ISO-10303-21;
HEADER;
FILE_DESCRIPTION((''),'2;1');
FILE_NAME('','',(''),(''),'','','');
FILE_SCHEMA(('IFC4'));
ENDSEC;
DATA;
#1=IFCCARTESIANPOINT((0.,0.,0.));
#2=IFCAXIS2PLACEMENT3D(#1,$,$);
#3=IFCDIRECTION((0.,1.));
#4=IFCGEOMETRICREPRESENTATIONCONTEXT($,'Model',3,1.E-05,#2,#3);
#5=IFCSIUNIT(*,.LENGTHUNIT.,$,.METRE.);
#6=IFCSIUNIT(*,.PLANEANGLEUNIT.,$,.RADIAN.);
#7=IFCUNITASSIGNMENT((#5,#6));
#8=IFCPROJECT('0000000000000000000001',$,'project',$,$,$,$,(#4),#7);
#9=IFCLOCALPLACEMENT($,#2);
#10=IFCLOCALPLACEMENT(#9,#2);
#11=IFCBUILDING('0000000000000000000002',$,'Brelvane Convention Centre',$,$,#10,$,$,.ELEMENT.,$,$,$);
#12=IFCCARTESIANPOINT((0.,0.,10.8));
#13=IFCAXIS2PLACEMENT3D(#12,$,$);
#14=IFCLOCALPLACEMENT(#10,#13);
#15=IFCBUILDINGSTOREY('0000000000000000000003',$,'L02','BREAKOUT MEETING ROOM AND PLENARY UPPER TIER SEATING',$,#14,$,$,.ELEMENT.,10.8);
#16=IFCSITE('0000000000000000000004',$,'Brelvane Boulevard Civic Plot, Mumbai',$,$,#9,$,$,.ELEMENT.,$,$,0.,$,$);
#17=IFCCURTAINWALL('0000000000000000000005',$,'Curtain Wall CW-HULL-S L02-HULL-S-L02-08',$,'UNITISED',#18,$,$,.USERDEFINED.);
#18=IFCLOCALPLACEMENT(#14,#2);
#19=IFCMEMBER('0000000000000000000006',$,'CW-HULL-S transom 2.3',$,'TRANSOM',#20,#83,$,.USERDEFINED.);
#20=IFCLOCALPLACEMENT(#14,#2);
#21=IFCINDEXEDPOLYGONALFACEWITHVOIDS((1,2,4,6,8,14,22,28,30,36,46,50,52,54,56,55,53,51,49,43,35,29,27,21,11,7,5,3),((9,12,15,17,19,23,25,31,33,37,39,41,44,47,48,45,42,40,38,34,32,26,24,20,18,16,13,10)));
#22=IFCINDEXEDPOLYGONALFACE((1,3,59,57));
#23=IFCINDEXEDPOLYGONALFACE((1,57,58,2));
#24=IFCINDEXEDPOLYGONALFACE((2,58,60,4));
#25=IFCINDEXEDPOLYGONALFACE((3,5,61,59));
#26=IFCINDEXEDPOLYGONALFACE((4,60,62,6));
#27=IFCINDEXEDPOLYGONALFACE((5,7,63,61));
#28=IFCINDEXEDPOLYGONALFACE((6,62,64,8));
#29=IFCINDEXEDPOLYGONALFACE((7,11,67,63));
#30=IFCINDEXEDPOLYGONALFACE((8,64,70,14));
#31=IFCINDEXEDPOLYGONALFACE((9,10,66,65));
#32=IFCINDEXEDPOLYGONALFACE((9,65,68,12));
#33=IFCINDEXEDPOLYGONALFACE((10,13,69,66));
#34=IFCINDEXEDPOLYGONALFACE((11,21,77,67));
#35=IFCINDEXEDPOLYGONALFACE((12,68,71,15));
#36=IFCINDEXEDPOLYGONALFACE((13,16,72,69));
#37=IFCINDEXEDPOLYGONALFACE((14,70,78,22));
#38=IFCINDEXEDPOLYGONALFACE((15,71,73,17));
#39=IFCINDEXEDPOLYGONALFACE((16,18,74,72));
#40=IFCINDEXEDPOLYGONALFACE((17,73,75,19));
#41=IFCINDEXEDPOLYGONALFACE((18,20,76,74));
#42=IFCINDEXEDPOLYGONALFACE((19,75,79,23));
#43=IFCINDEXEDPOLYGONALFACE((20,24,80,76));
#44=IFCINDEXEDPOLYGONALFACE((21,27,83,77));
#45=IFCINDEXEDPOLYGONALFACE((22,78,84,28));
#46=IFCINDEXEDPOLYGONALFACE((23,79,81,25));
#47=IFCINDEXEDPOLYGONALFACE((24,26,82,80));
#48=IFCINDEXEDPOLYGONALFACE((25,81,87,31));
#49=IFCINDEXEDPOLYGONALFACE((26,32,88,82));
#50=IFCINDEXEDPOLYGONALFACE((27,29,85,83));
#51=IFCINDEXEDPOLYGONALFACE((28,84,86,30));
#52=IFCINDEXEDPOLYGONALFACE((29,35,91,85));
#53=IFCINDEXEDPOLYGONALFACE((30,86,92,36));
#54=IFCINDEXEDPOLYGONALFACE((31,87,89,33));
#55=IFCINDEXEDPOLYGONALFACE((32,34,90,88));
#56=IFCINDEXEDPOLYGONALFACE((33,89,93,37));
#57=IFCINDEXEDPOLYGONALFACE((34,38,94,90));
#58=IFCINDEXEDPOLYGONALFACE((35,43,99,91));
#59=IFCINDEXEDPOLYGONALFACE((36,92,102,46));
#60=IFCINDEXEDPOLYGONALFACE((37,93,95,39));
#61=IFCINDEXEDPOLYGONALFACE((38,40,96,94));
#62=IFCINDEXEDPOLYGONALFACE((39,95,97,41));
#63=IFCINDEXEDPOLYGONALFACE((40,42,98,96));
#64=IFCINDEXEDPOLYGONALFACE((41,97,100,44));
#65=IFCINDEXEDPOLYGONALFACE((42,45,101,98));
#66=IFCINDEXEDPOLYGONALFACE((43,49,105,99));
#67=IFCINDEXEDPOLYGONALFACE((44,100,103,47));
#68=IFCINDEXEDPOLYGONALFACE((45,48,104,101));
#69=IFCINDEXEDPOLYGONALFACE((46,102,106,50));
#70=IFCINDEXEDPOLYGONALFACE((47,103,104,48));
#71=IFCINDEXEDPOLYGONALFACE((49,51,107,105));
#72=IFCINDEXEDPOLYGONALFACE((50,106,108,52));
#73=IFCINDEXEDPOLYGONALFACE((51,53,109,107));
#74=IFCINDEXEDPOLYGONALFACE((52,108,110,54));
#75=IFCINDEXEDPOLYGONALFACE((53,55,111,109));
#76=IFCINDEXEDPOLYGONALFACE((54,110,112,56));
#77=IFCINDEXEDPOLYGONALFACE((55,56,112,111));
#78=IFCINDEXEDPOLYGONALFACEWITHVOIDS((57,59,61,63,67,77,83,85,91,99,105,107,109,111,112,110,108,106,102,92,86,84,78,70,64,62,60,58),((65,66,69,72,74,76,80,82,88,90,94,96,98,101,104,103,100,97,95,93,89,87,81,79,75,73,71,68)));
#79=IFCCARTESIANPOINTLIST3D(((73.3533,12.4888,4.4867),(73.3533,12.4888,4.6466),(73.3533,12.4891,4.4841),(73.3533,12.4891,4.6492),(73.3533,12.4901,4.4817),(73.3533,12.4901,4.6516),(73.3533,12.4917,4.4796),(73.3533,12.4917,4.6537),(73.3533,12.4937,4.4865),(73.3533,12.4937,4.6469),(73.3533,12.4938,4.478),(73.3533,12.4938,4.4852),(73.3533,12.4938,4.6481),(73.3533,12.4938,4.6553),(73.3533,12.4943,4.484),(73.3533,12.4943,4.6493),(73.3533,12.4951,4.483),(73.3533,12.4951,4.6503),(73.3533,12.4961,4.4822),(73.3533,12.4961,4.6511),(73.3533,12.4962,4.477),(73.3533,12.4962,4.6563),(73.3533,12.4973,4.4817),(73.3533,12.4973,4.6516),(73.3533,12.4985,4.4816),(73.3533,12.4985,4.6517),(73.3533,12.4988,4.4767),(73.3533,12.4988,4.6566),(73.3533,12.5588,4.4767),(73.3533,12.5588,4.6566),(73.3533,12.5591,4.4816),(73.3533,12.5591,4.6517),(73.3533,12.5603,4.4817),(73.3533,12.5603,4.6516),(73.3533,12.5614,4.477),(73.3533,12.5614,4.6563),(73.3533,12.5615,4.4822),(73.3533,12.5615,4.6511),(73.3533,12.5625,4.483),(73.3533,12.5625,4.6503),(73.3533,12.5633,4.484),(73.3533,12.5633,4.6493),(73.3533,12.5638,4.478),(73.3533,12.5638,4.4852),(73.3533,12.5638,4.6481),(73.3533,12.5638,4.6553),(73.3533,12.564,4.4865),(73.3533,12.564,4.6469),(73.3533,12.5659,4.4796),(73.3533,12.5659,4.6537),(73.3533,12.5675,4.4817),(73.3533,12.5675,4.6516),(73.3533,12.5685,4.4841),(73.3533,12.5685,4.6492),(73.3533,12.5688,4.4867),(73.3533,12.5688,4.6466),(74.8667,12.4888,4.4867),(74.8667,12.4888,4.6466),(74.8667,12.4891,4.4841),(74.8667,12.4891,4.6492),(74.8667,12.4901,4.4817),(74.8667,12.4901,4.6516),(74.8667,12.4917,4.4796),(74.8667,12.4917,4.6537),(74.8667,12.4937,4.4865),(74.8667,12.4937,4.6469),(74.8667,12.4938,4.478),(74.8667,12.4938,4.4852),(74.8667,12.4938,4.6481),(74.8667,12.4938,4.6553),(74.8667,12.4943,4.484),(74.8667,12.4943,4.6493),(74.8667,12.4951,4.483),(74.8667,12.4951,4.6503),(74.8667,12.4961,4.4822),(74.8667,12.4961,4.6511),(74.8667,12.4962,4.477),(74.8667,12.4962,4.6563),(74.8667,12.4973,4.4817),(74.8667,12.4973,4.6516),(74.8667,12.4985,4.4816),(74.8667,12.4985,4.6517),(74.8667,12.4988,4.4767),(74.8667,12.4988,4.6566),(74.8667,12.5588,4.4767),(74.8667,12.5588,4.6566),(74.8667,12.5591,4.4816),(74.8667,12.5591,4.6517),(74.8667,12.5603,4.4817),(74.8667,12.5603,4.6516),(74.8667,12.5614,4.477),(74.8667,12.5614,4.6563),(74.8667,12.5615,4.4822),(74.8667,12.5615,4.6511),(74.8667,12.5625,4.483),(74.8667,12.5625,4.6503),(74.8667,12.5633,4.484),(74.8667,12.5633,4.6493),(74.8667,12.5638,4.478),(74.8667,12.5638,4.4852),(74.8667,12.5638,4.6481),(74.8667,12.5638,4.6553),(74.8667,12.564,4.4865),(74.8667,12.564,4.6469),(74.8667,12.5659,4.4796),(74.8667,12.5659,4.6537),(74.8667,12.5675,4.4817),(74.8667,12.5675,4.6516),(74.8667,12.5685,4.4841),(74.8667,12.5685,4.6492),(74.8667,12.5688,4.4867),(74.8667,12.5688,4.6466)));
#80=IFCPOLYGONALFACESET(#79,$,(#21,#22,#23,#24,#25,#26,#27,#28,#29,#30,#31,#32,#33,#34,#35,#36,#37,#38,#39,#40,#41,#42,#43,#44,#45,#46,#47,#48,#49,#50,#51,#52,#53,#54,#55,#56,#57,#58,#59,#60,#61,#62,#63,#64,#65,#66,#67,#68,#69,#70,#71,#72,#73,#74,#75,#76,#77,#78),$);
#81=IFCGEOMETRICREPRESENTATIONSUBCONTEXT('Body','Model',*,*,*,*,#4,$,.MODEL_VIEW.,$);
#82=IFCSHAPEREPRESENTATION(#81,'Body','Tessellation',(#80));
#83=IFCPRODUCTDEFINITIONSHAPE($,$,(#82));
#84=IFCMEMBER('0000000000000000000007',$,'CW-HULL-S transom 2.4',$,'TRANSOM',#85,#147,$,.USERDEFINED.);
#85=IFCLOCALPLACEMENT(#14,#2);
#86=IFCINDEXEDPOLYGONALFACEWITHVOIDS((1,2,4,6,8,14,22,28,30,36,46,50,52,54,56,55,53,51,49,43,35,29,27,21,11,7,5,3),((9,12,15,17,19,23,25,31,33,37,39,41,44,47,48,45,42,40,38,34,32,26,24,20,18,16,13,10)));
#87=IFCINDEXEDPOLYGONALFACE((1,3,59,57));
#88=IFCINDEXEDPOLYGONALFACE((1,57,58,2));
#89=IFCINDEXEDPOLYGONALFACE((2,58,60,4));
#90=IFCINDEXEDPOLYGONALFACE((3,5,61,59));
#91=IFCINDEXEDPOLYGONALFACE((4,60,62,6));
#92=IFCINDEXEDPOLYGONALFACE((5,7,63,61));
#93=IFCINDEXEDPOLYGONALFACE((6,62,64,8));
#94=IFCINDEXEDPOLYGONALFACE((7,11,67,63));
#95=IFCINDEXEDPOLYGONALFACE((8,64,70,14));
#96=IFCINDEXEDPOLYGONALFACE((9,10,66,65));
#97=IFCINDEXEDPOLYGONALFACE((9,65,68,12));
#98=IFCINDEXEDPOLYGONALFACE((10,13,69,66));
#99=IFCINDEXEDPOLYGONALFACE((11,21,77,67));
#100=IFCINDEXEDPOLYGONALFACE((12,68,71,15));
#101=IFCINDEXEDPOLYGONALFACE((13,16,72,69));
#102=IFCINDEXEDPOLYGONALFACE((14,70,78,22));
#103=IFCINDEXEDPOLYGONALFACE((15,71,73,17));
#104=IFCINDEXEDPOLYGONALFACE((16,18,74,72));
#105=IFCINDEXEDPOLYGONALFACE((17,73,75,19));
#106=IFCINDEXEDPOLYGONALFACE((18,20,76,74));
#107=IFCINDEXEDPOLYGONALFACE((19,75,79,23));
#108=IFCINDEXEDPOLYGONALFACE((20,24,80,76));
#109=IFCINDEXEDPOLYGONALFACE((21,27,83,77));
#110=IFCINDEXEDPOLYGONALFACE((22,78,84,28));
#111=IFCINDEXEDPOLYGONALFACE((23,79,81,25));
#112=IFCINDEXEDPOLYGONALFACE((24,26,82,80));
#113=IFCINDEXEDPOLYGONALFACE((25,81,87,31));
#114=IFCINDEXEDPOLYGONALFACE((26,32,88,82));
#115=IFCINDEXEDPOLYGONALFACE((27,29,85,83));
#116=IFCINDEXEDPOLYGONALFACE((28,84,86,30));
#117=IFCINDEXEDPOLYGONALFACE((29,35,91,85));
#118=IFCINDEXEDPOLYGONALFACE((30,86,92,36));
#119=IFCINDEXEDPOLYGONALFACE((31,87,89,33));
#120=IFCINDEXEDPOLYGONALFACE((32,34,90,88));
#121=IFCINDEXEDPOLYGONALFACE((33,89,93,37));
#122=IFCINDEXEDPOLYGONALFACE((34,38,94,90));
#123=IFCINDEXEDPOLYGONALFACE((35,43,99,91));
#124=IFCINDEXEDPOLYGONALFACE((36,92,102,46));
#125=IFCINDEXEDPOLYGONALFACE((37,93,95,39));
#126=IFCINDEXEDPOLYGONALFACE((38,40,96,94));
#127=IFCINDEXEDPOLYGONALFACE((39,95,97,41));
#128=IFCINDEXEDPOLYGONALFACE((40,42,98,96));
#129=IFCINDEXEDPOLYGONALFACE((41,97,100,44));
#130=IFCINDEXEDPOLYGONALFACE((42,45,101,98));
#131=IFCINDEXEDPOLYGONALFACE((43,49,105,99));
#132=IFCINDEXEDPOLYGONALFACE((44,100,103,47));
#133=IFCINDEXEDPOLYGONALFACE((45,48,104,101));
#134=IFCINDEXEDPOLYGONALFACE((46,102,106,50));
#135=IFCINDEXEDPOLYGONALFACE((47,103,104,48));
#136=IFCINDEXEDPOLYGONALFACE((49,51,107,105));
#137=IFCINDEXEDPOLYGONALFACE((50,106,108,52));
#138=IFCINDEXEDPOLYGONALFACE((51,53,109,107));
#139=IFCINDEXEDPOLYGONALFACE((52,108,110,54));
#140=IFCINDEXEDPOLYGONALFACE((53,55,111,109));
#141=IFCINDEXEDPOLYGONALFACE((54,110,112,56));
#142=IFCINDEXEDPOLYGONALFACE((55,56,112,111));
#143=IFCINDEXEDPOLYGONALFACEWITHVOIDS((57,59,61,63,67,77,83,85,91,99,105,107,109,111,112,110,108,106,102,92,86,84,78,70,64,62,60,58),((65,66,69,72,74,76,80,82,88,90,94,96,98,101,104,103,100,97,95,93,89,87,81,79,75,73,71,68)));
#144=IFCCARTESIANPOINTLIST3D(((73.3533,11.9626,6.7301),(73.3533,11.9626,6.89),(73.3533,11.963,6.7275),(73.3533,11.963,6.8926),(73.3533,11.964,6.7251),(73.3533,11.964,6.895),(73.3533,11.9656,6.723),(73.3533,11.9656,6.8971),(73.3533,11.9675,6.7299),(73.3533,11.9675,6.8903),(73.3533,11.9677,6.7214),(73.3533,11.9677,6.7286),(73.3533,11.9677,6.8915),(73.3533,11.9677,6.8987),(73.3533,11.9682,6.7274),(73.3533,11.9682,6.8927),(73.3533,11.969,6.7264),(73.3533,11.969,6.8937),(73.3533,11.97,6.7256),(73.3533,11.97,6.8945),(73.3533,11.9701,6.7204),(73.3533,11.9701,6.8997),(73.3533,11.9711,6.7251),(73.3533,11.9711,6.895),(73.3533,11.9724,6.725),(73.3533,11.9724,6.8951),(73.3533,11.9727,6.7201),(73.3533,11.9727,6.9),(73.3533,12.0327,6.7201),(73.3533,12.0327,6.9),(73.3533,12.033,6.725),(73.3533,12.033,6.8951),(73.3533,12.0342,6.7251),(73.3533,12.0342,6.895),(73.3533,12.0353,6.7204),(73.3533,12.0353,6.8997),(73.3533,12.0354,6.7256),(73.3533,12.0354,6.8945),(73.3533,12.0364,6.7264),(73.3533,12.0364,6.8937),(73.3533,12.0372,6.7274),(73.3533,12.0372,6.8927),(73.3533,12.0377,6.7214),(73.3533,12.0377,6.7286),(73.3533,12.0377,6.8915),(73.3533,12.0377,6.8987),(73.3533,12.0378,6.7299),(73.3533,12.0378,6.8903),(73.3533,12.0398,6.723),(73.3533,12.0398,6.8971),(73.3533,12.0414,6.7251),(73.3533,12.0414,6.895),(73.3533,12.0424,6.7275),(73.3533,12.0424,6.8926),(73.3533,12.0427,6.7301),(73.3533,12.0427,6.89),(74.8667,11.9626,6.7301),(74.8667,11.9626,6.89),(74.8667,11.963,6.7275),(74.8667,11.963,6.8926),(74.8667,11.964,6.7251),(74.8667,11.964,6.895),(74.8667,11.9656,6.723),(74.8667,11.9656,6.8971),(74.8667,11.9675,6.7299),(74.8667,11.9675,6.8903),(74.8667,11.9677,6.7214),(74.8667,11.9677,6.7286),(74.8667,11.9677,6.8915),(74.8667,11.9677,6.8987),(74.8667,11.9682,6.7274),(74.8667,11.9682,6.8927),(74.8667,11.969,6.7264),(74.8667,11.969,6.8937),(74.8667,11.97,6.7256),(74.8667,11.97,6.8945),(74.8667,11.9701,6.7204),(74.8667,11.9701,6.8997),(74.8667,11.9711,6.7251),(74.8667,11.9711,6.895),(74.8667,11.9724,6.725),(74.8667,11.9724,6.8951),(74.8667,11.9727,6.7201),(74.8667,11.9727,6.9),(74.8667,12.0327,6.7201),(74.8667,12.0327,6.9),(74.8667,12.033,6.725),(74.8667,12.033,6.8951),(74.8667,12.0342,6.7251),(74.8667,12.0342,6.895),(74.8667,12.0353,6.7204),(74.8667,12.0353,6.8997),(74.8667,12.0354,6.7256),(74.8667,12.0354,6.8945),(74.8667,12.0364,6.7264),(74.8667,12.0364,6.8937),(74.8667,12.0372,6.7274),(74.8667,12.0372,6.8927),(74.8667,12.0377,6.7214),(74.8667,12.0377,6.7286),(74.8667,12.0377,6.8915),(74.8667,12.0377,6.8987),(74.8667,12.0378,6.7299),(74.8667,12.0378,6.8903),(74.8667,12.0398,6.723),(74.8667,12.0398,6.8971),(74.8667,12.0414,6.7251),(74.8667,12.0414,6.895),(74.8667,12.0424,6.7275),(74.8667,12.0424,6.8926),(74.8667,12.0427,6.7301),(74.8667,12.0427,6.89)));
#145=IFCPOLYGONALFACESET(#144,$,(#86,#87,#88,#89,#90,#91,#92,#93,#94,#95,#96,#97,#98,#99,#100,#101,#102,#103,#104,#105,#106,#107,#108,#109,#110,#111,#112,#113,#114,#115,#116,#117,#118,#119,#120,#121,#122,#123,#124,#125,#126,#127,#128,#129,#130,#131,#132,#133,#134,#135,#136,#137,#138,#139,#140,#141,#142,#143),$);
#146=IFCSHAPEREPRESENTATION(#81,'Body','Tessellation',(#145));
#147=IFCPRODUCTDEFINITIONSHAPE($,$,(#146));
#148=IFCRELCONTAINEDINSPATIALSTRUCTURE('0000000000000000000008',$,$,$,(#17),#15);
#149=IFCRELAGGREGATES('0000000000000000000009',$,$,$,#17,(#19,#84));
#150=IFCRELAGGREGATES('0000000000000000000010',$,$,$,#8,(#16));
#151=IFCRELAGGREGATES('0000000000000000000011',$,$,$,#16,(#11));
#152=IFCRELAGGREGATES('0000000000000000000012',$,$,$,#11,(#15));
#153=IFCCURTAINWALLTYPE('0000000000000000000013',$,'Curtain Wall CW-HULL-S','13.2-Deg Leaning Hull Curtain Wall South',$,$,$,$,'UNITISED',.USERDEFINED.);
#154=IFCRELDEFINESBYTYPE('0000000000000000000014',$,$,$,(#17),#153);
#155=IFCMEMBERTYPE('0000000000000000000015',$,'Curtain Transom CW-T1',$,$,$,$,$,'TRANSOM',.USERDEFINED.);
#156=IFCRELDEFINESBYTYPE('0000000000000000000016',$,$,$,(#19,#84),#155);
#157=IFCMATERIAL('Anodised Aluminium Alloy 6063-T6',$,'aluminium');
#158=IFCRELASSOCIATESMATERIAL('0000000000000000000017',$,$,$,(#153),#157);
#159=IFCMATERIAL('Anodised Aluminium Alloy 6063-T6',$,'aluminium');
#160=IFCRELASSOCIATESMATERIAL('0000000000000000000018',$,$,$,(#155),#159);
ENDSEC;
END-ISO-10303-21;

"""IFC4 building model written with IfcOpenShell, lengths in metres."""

from ifc_helpers import new_model, si_unit, direction, frame, origin, origin_2d, place, context, subcontext, project, spatial, hollow_rectangle, extrude, material, material_profile, profile_set, type_object, element, aggregate, save


model = new_model("IFC4")

# Units and contexts
model_context = context("Model", 3, precision=1e-05, world=origin(), true_north=direction((0.0, 1.0)))
body_context = subcontext(model_context, "Body", "Model", "MODEL_VIEW")
ifc_project = project(units=[si_unit("LENGTHUNIT", "METRE"), si_unit("PLANEANGLEUNIT", "RADIAN")], contexts=[model_context])

# Site, building, storey
site_placement = place(None, origin())
site = spatial("IfcSite", under=ifc_project, at=site_placement, Name="Brelvane Boulevard Civic Plot, Mumbai", CompositionType="ELEMENT", RefElevation=0.0)
building_placement = place(site_placement, origin())
building = spatial("IfcBuilding", under=site, at=building_placement, Name="Brelvane Convention Centre", CompositionType="ELEMENT")
storey_placement = place(building_placement, frame((0.0, 0.0, 10.8)))
storey = spatial("IfcBuildingStorey", under=building, at=storey_placement, Name="L02", Description="BREAKOUT MEETING ROOM AND PLENARY UPPER TIER SEATING", CompositionType="ELEMENT", Elevation=10.8)

# Curtain wall, members
ifc_material_1 = material(Name="Anodised Aluminium Alloy 6063-T6", Category="aluminium")
curtain_wall_type = type_object("IfcCurtainWallType", Name="Curtain Wall CW-HULL-S", Description="13.2-Deg Leaning Hull Curtain Wall South", ElementType="UNITISED", PredefinedType="USERDEFINED", material=ifc_material_1)
curtain_wall_1_placement = place(storey_placement, origin())
curtain_wall_1 = element("IfcCurtainWall", 1, at=curtain_wall_1_placement, inside=storey, type_object=curtain_wall_type, Name="Curtain Wall CW-HULL-S L02-HULL-S-L02-08", ObjectType="UNITISED", PredefinedType="USERDEFINED")
ifc_material_2 = material(Name="Anodised Aluminium Alloy 6063-T6", Category="aluminium")
ifc_material_profile = material_profile(ifc_material_2, hollow_rectangle(XDim=0.0801, YDim=0.1799, WallThickness=0.0049, InnerFilletRadius=0.0049, OuterFilletRadius=0.01, at=origin_2d()), Name="ALU-T 180x80x5.0")
ifc_profile_set = profile_set([ifc_material_profile], Name="Anodised Aluminium Alloy 6063-T6")
member_type = type_object("IfcMemberType", Name="Curtain Transom CW-T1", ElementType="TRANSOM", PredefinedType="USERDEFINED", material=ifc_profile_set)
member_1_placement = place(storey_placement, frame((73.3533, 12.5288, 4.5667), z_axis=(1.0, 0.0, 0.0), x_axis=(0.0, 1.0, 0.0)))
member_1 = element("IfcMember", 2, at=member_1_placement, type_object=member_type, Name="CW-HULL-S transom 2.3", ObjectType="TRANSOM", PredefinedType="USERDEFINED", context=body_context, shape_type="SweptSolid", body=[
    extrude(hollow_rectangle(XDim=0.0801, YDim=0.1799, WallThickness=0.0049, InnerFilletRadius=0.0049, OuterFilletRadius=0.01, at=origin_2d()), origin(), (0.0, 0.0, 1.0), 1.5134),
])
member_2_placement = place(storey_placement, frame((73.3533, 12.0027, 6.8101), z_axis=(1.0, 0.0, 0.0), x_axis=(0.0, 1.0, 0.0)))
member_2 = element("IfcMember", 3, at=member_2_placement, type_object=member_type, Name="CW-HULL-S transom 2.4", ObjectType="TRANSOM", PredefinedType="USERDEFINED", context=body_context, shape_type="SweptSolid", body=[
    extrude(hollow_rectangle(XDim=0.0801, YDim=0.1799, WallThickness=0.0049, InnerFilletRadius=0.0049, OuterFilletRadius=0.01, at=origin_2d()), origin(), (0.0, 0.0, 1.0), 1.5134),
])

aggregate(curtain_wall_1, [member_1, member_2])

save(model, "model.ifc")
